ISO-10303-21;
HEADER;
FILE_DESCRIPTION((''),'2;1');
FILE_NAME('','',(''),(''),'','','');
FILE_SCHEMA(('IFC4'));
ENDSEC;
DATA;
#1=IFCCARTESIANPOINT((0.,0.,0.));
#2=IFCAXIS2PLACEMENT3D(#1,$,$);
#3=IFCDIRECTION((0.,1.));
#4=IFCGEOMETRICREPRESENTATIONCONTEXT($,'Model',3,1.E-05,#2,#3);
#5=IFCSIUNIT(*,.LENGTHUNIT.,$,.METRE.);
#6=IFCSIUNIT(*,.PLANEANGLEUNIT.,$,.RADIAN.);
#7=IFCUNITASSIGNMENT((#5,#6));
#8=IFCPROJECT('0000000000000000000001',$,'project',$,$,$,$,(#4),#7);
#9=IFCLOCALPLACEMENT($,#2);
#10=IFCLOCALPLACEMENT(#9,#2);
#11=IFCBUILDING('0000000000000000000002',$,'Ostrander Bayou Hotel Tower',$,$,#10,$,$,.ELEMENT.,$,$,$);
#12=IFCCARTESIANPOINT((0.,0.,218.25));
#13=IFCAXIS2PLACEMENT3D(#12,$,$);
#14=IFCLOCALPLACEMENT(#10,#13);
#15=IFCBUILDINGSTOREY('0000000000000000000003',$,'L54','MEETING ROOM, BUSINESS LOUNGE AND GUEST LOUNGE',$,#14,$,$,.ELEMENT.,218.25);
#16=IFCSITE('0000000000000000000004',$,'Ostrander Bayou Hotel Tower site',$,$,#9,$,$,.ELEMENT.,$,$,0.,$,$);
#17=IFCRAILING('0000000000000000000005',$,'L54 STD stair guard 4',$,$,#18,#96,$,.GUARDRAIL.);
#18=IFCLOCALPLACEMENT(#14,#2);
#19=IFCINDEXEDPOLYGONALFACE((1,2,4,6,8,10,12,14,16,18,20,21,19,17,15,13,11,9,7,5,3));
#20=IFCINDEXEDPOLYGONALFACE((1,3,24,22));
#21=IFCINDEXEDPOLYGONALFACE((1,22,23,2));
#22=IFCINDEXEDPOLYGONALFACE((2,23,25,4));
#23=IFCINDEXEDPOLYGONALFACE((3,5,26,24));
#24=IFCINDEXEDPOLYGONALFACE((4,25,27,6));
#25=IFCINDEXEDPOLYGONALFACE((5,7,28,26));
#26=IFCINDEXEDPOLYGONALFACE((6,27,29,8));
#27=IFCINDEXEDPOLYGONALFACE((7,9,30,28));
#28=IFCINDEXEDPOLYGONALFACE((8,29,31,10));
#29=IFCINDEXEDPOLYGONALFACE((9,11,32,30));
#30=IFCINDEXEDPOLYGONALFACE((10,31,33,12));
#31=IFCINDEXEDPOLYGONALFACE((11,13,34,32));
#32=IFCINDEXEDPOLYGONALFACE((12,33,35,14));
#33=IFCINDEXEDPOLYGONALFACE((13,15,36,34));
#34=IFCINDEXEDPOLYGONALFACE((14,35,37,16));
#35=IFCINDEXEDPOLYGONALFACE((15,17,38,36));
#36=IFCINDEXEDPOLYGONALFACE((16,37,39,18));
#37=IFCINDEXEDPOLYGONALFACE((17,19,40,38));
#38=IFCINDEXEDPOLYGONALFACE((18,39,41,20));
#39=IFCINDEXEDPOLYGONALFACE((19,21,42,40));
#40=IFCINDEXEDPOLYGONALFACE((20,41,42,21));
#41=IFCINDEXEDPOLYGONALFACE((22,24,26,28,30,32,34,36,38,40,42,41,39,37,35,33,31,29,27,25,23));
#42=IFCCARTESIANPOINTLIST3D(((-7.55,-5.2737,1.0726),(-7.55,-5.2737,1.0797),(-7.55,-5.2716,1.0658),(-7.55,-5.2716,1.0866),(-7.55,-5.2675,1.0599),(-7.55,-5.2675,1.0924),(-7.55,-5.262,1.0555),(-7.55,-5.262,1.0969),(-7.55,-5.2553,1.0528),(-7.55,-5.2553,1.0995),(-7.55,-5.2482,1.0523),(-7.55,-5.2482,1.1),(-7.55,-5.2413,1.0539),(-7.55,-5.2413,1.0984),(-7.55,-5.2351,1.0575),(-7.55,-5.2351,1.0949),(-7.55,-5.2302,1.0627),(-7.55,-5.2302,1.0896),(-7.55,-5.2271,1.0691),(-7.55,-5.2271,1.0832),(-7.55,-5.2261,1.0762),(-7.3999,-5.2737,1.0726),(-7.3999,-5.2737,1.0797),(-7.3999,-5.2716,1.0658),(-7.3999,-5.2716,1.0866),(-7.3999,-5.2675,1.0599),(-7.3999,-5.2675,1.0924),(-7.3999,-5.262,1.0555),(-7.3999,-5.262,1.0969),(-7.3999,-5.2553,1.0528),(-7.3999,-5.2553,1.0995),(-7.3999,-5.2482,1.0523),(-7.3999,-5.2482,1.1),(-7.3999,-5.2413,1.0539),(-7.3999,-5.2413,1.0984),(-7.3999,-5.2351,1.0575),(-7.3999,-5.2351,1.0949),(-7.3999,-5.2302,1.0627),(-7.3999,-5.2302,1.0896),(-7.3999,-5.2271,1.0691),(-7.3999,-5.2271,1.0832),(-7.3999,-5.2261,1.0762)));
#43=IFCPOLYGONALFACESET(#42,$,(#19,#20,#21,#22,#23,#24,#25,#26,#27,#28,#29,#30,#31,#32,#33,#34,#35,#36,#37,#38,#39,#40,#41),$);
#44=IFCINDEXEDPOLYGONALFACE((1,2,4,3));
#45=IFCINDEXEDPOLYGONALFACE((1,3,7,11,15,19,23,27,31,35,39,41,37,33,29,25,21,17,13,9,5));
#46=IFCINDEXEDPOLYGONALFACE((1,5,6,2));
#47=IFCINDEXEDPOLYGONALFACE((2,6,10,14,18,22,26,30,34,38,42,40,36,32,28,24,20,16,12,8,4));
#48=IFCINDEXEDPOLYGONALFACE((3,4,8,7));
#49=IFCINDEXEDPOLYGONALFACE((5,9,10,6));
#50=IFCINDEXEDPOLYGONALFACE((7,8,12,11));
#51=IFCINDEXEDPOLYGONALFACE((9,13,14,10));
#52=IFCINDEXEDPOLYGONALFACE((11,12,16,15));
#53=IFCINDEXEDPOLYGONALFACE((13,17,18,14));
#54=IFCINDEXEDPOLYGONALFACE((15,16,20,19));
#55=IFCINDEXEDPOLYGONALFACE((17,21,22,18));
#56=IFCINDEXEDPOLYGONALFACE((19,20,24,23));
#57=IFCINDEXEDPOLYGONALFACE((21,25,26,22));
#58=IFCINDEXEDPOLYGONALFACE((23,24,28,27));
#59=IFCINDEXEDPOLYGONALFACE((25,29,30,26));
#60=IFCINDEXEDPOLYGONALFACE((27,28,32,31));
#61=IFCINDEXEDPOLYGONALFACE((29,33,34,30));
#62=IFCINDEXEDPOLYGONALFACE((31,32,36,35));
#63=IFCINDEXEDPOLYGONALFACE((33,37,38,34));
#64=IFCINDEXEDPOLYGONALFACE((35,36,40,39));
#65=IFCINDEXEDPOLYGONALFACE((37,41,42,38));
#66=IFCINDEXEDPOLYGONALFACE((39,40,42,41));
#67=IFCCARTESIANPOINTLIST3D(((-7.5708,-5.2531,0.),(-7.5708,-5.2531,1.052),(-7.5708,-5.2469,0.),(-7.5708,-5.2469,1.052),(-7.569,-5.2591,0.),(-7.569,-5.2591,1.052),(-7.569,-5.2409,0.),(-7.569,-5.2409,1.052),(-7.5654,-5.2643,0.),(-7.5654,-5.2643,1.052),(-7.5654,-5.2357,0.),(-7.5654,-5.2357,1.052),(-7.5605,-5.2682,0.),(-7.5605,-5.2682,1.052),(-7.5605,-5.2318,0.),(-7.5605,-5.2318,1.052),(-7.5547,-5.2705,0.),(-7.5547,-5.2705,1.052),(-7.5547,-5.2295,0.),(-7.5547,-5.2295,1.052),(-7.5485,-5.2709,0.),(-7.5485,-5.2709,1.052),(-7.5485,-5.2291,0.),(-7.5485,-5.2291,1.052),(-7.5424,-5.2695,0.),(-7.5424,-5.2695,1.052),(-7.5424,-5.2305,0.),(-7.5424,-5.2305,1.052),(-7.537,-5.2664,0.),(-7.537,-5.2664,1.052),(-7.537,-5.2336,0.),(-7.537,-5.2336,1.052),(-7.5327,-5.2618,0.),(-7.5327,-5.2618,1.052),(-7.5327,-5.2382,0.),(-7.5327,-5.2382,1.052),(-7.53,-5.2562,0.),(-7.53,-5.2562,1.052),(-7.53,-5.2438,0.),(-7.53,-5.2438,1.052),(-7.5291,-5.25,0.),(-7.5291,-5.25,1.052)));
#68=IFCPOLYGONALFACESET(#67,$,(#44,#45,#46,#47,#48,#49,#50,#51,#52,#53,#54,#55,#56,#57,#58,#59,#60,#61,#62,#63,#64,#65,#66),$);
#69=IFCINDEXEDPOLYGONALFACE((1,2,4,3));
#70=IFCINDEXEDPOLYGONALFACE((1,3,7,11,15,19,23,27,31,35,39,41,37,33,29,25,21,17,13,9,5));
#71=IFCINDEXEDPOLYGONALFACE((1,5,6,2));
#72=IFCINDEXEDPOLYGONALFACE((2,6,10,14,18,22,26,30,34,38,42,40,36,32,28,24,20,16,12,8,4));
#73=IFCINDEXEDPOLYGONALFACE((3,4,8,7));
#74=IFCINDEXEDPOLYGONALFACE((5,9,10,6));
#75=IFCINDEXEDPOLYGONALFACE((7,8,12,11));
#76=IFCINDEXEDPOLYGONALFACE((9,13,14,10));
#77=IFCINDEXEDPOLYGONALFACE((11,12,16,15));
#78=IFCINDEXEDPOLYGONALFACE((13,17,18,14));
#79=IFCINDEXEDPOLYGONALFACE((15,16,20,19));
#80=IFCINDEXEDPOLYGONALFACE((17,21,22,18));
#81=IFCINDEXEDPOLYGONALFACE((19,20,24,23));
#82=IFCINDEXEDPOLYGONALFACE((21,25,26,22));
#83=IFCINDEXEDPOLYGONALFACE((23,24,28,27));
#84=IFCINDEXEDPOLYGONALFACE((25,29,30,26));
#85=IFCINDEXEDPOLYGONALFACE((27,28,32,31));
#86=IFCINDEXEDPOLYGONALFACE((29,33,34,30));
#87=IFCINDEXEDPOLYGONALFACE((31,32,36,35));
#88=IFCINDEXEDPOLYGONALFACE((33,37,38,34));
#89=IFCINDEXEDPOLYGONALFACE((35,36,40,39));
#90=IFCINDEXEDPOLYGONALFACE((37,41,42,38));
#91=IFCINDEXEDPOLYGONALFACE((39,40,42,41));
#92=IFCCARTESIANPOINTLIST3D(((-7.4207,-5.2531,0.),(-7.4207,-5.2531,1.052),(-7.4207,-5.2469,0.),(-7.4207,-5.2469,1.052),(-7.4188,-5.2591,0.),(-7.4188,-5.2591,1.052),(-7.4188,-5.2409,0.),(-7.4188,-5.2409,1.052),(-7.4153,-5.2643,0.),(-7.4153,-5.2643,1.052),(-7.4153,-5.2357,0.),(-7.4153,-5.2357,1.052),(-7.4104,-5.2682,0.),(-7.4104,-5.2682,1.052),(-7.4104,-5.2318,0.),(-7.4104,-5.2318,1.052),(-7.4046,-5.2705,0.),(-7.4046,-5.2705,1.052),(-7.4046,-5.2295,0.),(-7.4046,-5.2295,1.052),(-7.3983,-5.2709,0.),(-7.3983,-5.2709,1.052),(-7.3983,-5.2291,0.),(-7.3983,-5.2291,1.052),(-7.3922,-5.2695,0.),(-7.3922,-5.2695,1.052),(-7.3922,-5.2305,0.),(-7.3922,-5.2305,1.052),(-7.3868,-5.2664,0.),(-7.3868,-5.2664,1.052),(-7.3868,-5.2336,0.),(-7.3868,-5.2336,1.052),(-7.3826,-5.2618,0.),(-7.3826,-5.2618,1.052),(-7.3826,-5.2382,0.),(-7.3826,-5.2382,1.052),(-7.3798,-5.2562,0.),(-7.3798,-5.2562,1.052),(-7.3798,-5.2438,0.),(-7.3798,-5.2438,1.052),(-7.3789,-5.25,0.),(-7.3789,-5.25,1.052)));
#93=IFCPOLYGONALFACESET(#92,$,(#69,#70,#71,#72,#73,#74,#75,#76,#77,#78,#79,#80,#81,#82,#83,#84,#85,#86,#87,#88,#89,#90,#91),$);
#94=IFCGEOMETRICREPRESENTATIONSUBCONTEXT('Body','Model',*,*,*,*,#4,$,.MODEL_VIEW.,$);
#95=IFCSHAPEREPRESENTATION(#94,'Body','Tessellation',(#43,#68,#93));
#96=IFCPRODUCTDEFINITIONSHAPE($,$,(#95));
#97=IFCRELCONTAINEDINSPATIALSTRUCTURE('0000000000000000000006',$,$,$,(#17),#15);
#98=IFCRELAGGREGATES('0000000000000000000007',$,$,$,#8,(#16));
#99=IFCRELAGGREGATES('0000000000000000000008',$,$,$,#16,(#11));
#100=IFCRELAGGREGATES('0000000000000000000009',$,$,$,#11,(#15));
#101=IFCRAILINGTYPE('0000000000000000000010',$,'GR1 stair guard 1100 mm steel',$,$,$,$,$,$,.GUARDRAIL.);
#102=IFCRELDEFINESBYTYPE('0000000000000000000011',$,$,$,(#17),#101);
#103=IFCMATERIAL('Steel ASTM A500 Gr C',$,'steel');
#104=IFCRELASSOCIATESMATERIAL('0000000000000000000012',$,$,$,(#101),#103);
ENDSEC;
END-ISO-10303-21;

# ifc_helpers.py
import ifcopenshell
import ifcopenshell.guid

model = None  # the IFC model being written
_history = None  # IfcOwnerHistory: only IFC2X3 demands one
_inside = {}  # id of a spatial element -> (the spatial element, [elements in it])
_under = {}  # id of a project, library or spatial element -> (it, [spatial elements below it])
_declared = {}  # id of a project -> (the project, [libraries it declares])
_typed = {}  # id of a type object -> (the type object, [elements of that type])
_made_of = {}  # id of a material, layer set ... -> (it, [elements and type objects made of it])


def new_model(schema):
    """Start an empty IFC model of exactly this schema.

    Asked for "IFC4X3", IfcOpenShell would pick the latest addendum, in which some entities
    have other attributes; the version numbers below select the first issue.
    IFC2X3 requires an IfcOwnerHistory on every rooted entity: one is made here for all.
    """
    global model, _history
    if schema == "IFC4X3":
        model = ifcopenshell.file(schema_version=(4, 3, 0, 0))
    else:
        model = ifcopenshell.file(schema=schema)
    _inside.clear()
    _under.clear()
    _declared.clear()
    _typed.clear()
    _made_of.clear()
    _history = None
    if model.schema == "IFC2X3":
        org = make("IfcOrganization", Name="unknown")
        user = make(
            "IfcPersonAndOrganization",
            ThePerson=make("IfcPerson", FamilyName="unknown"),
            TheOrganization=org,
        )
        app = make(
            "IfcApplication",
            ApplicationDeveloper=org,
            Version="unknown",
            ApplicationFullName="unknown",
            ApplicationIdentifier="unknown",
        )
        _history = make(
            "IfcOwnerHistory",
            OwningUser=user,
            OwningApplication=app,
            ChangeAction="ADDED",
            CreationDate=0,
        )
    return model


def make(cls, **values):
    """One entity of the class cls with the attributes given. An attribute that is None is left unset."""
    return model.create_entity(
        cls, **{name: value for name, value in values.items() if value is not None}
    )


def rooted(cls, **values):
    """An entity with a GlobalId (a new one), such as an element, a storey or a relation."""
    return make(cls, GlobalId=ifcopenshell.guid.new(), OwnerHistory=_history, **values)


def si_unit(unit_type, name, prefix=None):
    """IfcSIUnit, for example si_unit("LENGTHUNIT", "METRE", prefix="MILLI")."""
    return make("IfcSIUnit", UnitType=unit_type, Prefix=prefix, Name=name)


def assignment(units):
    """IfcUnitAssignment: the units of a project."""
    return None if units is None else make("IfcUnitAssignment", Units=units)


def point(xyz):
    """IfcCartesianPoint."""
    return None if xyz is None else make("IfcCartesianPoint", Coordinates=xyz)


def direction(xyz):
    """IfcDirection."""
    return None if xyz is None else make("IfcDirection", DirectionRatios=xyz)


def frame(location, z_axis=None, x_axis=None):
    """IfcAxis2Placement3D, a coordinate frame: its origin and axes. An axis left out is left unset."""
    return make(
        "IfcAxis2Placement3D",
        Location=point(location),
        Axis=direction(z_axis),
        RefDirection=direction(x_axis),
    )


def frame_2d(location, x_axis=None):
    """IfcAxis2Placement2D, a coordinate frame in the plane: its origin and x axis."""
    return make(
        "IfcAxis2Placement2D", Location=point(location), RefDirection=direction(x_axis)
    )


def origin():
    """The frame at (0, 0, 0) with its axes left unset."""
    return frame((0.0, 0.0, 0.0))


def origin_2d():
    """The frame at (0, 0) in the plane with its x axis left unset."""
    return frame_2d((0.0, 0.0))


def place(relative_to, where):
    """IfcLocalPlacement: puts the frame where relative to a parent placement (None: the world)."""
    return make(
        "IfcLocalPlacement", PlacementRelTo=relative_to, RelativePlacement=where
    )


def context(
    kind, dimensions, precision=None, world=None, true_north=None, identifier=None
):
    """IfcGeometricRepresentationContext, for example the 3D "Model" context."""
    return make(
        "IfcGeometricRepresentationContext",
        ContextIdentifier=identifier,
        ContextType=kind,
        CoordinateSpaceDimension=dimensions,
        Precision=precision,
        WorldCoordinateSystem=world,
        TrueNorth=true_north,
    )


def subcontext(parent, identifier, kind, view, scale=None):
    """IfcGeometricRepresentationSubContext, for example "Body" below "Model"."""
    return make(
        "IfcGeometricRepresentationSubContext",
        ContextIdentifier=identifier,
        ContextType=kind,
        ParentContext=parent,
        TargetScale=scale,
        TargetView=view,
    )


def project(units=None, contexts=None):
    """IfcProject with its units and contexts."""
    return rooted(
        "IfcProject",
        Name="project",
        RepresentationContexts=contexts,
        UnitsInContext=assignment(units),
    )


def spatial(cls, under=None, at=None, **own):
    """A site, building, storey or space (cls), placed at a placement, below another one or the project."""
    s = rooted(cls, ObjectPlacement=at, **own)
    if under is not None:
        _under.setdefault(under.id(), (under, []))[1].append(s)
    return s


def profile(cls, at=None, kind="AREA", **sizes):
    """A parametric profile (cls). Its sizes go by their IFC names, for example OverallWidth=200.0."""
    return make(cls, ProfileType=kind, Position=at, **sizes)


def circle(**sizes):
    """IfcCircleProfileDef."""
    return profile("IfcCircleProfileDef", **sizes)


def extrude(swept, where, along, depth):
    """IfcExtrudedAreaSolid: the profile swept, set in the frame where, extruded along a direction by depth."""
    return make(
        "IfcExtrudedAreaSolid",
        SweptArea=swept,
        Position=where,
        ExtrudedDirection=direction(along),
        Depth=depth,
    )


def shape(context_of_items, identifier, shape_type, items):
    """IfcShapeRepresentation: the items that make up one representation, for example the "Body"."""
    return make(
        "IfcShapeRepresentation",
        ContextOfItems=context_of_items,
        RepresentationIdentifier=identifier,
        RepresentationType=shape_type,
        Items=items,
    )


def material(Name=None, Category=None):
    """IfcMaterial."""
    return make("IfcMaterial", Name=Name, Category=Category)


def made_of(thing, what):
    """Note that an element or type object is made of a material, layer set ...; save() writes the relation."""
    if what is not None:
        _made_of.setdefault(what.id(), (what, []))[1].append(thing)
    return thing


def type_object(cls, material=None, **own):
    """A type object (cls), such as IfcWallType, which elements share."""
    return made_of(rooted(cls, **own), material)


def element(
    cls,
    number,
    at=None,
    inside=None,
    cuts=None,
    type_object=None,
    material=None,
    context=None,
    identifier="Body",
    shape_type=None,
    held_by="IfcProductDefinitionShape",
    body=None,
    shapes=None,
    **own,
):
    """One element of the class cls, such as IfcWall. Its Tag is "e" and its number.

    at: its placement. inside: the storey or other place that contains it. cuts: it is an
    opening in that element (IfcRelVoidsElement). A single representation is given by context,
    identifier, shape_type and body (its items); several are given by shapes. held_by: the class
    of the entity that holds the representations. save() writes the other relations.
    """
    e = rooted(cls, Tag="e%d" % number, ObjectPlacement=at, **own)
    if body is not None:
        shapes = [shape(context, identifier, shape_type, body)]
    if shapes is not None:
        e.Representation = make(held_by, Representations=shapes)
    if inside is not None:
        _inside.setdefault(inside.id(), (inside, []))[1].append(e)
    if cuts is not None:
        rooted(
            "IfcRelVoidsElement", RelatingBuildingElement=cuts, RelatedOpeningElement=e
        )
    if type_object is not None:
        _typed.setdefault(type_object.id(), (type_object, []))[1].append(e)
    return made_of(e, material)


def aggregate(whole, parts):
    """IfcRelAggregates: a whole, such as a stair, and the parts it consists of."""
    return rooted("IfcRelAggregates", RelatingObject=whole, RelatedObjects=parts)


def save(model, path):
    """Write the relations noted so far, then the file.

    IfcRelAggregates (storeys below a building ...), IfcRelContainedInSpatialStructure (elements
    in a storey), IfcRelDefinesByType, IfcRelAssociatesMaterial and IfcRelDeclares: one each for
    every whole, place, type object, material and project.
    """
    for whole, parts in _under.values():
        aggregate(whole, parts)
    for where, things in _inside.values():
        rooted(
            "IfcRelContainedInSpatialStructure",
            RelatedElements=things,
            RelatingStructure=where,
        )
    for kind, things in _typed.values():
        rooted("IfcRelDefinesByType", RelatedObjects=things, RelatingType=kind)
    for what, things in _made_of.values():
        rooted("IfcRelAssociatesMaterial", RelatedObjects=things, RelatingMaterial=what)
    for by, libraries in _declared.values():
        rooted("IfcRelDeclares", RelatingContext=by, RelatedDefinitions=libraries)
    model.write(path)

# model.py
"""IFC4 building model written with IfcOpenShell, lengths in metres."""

from ifc_helpers import new_model, si_unit, direction, frame, origin, origin_2d, place, context, subcontext, project, spatial, circle, extrude, material, type_object, element, save


model = new_model("IFC4")

# Units and contexts
model_context = context("Model", 3, precision=1e-05, world=origin(), true_north=direction((0.0, 1.0)))
body_context = subcontext(model_context, "Body", "Model", "MODEL_VIEW")
ifc_project = project(units=[si_unit("LENGTHUNIT", "METRE"), si_unit("PLANEANGLEUNIT", "RADIAN")], contexts=[model_context])

# Site, building, storey
site_placement = place(None, origin())
site = spatial("IfcSite", under=ifc_project, at=site_placement, Name="Ostrander Bayou Hotel Tower site", CompositionType="ELEMENT", RefElevation=0.0)
building_placement = place(site_placement, origin())
building = spatial("IfcBuilding", under=site, at=building_placement, Name="Ostrander Bayou Hotel Tower", CompositionType="ELEMENT")
storey_placement = place(building_placement, frame((0.0, 0.0, 218.25)))
storey = spatial("IfcBuildingStorey", under=building, at=storey_placement, Name="L54", Description="MEETING ROOM, BUSINESS LOUNGE AND GUEST LOUNGE", CompositionType="ELEMENT", Elevation=218.25)

# Railing
ifc_material_1 = material(Name="Steel ASTM A500 Gr C", Category="steel")
railing_type_1 = type_object("IfcRailingType", Name="GR1 stair guard 1100 mm steel", PredefinedType="GUARDRAIL", material=ifc_material_1)
railing_1_placement = place(storey_placement, frame((-7.55, -5.25, 0.0)))
element("IfcRailing", 1, at=railing_1_placement, inside=storey, type_object=railing_type_1, Name="L54 STD stair guard 4", PredefinedType="GUARDRAIL", context=body_context, shape_type="SweptSolid", body=[
    extrude(circle(Radius=0.0239, at=origin_2d()), frame((0.0, 0.0, 1.0762), z_axis=(1.0, 0.0, 0.0), x_axis=(0.0, 1.0, 0.0)), (0.0, 0.0, 1.0), 0.1501),
    extrude(circle(Radius=0.021, at=origin_2d()), origin(), (0.0, 0.0, 1.0), 1.052),
    extrude(circle(Radius=0.021, at=origin_2d()), frame((0.1501, 0.0, 0.0)), (0.0, 0.0, 1.0), 1.052),
])

save(model, "model.ifc")
